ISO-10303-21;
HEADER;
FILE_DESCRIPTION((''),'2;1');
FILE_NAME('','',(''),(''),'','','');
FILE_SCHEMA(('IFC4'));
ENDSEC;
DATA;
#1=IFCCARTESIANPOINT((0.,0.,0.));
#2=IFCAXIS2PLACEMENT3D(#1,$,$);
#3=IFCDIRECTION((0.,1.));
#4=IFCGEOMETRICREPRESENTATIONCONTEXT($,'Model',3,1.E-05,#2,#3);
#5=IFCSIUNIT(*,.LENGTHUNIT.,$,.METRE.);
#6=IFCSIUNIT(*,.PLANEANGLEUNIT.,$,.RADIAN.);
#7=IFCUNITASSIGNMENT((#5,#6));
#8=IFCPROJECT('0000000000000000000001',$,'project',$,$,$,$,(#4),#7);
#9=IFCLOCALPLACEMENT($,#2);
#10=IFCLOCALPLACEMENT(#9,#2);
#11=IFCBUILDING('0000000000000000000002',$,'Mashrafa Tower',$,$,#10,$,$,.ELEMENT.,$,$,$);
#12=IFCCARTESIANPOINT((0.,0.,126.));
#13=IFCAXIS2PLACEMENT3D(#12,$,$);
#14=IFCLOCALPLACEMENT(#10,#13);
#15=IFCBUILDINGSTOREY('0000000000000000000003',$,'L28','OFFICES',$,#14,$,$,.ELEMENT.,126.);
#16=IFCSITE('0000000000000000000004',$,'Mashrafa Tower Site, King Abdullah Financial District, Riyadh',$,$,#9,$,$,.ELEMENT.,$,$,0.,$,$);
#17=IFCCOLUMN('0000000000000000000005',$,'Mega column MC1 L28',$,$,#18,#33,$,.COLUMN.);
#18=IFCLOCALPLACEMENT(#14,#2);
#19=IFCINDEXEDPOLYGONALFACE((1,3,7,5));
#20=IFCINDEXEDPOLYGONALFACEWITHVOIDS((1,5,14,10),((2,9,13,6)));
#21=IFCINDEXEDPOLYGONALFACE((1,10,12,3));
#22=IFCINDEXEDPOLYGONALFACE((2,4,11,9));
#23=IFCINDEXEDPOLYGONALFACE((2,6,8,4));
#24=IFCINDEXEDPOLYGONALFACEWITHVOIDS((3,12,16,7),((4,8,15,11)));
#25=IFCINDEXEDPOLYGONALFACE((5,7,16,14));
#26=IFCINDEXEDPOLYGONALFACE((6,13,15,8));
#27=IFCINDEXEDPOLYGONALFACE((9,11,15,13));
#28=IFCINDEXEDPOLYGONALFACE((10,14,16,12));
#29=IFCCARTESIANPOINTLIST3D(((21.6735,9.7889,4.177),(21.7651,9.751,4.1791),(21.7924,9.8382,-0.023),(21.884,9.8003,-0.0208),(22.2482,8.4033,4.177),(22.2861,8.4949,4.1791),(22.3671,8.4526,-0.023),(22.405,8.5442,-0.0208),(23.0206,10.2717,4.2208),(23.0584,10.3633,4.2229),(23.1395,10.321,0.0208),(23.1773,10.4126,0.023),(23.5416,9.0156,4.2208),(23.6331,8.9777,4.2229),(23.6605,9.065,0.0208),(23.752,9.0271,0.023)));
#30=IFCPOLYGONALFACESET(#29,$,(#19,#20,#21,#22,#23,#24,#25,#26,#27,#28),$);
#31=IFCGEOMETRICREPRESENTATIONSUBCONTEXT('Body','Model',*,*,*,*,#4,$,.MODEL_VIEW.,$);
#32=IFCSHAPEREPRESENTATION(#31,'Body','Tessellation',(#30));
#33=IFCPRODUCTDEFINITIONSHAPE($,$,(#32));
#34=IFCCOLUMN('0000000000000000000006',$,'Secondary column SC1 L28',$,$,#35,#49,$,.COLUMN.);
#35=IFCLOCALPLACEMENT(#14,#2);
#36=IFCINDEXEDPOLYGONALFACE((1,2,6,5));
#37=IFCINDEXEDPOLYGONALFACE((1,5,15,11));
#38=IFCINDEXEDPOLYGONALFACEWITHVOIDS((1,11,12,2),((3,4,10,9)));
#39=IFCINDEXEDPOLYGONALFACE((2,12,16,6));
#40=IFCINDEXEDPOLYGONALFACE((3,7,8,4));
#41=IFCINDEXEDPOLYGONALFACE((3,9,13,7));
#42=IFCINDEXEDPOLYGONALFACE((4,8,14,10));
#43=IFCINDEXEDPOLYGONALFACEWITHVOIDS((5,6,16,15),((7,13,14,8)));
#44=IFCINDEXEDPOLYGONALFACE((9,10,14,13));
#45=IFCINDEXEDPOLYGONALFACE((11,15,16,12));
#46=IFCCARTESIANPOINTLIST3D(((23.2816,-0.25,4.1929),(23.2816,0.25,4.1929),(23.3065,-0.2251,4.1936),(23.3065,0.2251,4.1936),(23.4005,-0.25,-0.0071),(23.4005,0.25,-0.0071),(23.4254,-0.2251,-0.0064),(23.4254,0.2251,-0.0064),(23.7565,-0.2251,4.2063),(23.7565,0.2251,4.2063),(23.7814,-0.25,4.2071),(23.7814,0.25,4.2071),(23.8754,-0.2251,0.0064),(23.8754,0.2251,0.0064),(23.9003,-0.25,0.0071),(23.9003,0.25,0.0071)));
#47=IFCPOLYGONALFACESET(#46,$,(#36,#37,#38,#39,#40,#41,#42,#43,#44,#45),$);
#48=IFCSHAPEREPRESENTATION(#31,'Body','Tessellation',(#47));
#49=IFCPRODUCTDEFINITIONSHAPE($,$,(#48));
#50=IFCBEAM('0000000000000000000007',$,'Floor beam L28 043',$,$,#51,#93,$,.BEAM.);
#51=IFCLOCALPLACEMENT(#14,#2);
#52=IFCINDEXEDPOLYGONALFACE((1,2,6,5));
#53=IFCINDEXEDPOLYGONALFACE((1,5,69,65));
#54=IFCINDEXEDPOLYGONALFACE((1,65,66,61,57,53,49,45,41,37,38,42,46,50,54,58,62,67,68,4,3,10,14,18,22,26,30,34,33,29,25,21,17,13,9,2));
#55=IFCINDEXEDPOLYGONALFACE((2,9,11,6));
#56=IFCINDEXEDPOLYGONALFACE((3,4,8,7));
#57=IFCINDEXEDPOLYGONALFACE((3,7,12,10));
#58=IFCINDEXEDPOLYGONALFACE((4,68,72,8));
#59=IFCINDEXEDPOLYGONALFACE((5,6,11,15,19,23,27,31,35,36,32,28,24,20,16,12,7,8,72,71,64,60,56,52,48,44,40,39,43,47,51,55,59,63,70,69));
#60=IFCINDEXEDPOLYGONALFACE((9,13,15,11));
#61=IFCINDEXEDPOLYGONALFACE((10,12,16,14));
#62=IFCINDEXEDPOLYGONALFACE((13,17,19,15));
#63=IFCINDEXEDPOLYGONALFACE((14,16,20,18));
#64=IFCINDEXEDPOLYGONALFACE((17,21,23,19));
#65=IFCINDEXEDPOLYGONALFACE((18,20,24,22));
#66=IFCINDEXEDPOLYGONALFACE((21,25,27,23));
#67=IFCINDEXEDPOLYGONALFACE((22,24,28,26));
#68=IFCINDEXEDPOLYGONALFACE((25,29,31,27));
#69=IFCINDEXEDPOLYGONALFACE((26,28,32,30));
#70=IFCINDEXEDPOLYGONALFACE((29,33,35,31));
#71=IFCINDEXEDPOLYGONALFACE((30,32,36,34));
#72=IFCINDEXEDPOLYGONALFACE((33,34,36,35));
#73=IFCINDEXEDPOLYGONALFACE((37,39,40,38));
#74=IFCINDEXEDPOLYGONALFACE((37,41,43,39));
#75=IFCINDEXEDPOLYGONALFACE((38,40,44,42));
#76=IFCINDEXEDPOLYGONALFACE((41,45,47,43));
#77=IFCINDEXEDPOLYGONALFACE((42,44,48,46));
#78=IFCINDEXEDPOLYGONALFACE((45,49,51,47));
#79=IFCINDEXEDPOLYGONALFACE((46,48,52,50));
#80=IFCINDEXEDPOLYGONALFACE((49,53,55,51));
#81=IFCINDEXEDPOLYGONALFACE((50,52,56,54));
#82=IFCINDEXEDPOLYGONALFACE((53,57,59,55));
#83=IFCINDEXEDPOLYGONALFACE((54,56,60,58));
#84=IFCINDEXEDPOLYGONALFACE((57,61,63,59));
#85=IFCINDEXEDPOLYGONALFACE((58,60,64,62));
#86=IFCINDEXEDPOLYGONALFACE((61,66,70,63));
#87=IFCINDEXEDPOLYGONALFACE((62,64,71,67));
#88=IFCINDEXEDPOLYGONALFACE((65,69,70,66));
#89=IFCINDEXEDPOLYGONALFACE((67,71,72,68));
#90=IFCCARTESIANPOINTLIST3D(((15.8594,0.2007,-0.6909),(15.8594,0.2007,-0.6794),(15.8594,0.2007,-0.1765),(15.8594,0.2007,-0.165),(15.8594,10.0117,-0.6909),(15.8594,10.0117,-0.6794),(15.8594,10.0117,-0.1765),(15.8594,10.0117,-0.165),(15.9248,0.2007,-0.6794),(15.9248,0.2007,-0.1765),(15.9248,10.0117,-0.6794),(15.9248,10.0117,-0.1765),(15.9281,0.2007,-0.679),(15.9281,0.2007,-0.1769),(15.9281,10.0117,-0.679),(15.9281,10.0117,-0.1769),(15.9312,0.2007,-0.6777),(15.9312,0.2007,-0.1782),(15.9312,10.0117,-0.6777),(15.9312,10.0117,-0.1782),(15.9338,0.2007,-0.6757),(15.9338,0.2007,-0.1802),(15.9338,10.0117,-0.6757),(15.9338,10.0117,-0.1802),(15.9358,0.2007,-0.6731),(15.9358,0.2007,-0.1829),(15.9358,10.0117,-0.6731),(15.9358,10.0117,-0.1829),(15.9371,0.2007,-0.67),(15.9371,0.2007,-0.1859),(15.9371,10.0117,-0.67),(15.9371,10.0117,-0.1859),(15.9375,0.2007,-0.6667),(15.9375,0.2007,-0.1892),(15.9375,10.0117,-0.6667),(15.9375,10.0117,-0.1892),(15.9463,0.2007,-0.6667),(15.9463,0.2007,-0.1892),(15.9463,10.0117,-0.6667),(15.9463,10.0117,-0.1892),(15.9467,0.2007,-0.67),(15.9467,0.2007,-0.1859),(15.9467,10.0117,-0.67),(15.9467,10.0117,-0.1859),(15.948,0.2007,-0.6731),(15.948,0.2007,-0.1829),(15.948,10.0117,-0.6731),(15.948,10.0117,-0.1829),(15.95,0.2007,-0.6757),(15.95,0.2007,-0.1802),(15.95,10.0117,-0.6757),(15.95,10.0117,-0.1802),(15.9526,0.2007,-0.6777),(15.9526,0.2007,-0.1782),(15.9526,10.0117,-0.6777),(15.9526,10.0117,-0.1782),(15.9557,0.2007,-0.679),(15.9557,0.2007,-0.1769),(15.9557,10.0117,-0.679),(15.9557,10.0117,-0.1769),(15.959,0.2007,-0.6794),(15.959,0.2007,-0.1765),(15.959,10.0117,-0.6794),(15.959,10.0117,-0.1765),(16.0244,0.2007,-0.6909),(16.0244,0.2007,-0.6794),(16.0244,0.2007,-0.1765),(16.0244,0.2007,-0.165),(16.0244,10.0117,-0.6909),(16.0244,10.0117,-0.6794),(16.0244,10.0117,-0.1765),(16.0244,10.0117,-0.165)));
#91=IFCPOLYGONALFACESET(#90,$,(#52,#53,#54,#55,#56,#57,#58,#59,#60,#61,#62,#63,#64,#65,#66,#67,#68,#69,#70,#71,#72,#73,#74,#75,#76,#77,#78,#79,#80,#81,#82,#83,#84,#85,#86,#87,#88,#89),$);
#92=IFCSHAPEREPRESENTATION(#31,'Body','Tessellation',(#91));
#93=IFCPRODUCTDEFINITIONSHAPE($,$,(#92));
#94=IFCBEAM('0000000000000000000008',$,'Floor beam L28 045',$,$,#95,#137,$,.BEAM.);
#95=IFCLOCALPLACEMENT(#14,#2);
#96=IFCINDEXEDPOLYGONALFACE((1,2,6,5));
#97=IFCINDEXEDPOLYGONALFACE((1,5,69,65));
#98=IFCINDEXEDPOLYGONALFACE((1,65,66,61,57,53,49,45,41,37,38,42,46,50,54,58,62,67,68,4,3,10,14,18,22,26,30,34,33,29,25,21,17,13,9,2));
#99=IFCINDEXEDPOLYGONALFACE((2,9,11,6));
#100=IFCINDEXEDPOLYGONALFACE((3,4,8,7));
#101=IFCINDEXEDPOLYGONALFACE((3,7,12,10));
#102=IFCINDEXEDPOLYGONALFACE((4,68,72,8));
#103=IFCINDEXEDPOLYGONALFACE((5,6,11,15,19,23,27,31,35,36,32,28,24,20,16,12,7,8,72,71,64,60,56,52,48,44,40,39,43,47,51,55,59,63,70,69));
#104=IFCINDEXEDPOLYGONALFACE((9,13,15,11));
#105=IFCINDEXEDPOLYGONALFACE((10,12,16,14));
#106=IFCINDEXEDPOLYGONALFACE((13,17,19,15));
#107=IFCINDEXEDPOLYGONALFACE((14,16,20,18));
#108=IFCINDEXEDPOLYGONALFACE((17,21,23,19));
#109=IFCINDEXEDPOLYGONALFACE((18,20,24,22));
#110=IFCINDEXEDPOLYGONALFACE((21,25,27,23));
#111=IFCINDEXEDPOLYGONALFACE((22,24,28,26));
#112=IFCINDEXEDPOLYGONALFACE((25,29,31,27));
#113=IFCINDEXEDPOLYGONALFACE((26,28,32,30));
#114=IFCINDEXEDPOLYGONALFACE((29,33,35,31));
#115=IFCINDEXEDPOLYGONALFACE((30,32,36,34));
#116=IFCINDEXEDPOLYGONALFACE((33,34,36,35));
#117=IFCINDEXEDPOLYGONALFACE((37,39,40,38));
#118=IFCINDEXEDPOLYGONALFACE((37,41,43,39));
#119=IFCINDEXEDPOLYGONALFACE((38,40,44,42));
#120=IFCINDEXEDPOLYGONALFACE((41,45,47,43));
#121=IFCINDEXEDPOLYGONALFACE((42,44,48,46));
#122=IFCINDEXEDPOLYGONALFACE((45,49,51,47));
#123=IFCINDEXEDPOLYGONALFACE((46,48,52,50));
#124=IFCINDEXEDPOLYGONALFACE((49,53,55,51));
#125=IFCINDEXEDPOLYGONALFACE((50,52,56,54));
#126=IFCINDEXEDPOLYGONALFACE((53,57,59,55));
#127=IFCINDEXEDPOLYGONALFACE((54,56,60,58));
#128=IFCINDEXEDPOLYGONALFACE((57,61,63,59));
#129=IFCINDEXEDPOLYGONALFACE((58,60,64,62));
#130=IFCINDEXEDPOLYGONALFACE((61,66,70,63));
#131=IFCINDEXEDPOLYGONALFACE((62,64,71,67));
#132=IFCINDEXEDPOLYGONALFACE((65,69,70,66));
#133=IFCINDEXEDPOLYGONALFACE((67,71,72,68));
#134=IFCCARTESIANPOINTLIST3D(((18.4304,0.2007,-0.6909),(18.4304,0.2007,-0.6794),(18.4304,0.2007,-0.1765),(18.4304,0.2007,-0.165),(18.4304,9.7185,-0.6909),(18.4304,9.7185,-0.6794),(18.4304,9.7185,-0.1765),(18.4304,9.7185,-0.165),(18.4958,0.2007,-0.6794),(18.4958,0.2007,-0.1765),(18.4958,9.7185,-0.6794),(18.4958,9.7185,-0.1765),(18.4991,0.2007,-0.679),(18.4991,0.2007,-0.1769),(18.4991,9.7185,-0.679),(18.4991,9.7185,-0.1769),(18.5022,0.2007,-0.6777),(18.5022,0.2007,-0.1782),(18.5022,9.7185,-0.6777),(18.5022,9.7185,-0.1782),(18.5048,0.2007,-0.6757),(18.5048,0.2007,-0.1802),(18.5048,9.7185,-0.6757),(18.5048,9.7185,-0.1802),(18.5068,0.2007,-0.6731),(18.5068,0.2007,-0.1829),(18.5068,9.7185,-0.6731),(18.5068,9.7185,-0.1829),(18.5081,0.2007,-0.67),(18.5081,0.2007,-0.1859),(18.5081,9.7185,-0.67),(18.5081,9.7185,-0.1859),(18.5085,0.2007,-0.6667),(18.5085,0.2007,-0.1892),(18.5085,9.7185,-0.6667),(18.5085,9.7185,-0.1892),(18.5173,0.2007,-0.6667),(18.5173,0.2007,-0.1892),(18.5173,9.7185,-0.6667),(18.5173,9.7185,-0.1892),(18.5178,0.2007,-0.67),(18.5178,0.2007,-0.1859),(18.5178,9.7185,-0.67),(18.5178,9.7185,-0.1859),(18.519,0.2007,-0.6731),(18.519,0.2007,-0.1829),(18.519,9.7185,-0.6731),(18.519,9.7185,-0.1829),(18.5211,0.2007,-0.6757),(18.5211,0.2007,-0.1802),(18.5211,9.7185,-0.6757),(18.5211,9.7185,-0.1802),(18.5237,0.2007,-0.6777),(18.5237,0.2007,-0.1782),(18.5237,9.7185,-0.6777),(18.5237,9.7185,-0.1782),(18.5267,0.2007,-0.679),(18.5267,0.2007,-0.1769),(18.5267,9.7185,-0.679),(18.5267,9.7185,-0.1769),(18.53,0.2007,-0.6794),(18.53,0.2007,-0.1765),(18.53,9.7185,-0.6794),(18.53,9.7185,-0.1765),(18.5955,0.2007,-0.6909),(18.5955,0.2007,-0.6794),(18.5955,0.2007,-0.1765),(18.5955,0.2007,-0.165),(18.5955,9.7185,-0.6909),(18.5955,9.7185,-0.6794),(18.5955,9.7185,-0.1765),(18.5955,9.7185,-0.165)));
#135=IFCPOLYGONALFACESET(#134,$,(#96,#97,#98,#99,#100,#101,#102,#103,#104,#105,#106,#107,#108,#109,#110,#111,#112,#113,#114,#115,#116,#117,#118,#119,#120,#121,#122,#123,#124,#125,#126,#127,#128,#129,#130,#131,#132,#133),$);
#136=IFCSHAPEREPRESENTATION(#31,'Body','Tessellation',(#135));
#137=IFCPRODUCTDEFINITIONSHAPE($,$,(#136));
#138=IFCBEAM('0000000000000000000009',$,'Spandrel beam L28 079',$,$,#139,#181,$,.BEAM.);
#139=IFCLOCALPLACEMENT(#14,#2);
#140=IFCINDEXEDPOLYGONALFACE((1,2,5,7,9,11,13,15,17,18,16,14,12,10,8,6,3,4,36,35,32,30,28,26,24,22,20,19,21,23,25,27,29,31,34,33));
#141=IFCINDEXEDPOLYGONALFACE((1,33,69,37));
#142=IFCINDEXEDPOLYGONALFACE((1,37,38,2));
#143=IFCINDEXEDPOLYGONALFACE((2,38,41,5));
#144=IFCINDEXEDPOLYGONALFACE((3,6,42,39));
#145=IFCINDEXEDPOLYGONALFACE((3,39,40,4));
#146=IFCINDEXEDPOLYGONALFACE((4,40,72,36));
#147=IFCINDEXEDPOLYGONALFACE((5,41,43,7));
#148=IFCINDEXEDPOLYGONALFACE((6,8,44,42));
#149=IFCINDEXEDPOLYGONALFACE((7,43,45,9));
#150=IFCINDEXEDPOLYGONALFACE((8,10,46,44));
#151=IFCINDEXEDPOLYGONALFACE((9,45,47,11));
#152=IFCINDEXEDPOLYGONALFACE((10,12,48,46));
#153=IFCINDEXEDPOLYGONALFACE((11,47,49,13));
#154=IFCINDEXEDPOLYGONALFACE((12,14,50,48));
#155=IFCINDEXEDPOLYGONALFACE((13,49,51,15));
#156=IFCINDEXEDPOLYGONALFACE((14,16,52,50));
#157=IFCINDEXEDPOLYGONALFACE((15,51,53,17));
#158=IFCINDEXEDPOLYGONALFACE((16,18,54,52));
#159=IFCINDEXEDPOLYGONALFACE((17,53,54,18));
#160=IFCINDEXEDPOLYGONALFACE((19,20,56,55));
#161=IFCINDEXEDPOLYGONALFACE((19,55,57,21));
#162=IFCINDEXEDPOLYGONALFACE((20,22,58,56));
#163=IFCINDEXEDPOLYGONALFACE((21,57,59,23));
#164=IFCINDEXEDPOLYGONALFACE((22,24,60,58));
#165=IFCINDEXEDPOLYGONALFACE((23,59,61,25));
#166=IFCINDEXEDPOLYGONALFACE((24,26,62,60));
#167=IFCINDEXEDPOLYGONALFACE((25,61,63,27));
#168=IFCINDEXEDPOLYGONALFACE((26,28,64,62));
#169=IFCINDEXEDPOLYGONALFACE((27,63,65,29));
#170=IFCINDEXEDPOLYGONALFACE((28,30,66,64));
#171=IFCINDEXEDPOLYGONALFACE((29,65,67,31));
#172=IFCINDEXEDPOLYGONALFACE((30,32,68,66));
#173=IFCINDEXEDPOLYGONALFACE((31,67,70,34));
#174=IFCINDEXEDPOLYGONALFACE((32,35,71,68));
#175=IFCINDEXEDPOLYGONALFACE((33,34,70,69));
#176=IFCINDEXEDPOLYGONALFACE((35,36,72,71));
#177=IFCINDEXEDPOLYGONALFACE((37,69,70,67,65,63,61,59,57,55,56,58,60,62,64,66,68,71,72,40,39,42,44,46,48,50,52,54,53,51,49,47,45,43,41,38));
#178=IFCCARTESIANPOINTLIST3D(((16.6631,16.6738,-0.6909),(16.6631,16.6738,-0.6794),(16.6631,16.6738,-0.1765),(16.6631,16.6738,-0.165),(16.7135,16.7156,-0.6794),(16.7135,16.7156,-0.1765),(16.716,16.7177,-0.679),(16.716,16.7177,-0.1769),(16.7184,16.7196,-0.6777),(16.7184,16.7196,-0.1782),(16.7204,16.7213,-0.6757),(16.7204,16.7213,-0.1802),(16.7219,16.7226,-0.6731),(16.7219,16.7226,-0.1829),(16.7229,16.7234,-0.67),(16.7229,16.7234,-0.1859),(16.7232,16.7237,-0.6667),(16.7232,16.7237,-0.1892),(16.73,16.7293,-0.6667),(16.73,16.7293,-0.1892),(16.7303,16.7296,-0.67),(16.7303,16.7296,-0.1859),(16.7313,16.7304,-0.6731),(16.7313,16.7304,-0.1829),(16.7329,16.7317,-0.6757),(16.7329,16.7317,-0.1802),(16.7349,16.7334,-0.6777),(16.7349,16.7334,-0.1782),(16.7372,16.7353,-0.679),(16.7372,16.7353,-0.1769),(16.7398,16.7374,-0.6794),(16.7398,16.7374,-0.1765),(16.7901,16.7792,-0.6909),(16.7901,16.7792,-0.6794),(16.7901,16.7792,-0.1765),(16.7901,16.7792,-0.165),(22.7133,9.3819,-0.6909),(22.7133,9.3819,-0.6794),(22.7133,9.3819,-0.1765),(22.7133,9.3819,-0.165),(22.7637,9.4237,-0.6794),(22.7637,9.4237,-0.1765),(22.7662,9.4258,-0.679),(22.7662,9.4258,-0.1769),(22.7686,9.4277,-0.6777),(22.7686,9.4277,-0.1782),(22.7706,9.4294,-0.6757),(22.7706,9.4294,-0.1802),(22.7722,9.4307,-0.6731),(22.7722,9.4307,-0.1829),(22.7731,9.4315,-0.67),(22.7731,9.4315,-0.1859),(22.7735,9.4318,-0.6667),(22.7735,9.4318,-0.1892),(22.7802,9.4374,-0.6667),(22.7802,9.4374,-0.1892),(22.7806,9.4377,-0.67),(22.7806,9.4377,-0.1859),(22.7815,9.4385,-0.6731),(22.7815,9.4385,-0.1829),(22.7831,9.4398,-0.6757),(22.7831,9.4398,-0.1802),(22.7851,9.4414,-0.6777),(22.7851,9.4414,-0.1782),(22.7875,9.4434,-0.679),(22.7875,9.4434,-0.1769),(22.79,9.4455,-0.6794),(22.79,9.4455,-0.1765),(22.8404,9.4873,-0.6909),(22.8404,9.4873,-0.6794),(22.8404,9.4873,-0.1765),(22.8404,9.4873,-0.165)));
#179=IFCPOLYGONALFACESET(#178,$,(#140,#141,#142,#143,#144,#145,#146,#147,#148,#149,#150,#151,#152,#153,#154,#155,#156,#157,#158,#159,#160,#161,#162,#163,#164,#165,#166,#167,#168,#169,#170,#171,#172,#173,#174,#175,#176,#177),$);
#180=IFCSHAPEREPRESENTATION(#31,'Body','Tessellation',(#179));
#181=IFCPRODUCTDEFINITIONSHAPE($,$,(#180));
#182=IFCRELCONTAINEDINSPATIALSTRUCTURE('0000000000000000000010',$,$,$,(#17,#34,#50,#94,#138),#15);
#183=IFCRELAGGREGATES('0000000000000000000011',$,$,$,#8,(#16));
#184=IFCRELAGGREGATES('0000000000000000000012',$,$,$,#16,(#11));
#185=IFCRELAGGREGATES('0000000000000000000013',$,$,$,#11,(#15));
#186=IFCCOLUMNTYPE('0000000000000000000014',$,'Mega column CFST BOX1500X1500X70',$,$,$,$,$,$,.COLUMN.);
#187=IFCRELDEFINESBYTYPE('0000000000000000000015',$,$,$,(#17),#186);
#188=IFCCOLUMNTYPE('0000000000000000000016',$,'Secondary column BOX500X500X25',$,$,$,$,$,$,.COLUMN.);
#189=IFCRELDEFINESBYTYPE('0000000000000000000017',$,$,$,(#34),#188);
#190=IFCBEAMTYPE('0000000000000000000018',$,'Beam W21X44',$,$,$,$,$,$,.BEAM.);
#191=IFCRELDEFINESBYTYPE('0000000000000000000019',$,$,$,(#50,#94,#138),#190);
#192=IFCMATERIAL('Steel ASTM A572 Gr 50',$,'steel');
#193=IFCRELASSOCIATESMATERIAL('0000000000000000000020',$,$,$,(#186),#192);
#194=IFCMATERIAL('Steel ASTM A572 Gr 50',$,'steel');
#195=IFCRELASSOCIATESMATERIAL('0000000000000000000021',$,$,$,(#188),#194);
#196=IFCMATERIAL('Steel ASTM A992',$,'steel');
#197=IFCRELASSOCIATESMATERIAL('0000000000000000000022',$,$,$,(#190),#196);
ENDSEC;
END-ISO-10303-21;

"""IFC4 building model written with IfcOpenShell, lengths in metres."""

from ifc_helpers import new_model, si_unit, direction, frame, origin, origin_2d, place, context, subcontext, project, spatial, hollow_rectangle, i_section, extrude, material, material_profile, profile_set, type_object, element, save


model = new_model("IFC4")

# Units and contexts
model_context = context("Model", 3, precision=1e-05, world=origin(), true_north=direction((0.0, 1.0)))
body_context = subcontext(model_context, "Body", "Model", "MODEL_VIEW")
ifc_project = project(units=[si_unit("LENGTHUNIT", "METRE"), si_unit("PLANEANGLEUNIT", "RADIAN")], contexts=[model_context])

# Site, building, storey
site_placement = place(None, origin())
site = spatial("IfcSite", under=ifc_project, at=site_placement, Name="Mashrafa Tower Site, King Abdullah Financial District, Riyadh", CompositionType="ELEMENT", RefElevation=0.0)
building_placement = place(site_placement, origin())
building = spatial("IfcBuilding", under=site, at=building_placement, Name="Mashrafa Tower", CompositionType="ELEMENT")
storey_placement = place(building_placement, frame((0.0, 0.0, 126.0)))
storey = spatial("IfcBuildingStorey", under=building, at=storey_placement, Name="L28", Description="OFFICES", CompositionType="ELEMENT", Elevation=126.0)

# Columns
ifc_material_1 = material(Name="Steel ASTM A572 Gr 50", Category="steel")
ifc_material_profile_1 = material_profile(ifc_material_1, hollow_rectangle(XDim=1.5, YDim=1.5, WallThickness=0.0701, at=origin_2d()), Name="BOX1500X1500X70")
ifc_profile_set_1 = profile_set([ifc_material_profile_1], Name="Steel ASTM A572 Gr 50")
column_type_1 = type_object("IfcColumnType", Name="Mega column CFST BOX1500X1500X70", PredefinedType="COLUMN", material=ifc_profile_set_1)
column_1_placement = place(storey_placement, frame((22.7722, 9.4326, 0.0), z_axis=(-0.028296, -0.011737, 0.999531), x_axis=(0.383133, -0.923693, 0.0)))
element("IfcColumn", 1, at=column_1_placement, inside=storey, type_object=column_type_1, Name="Mega column MC1 L28", PredefinedType="COLUMN", context=body_context, shape_type="SweptSolid", body=[
    extrude(hollow_rectangle(XDim=1.5, YDim=1.5, WallThickness=0.0701, at=origin_2d()), origin(), (0.0, 0.0, 1.0), 4.2019),
])
ifc_material_2 = material(Name="Steel ASTM A572 Gr 50", Category="steel")
ifc_material_profile_2 = material_profile(ifc_material_2, hollow_rectangle(XDim=0.5, YDim=0.5, WallThickness=0.0249, at=origin_2d()), Name="BOX500X500X25")
ifc_profile_set_2 = profile_set([ifc_material_profile_2], Name="Steel ASTM A572 Gr 50")
column_type_2 = type_object("IfcColumnType", Name="Secondary column BOX500X500X25", PredefinedType="COLUMN", material=ifc_profile_set_2)
column_2_placement = place(storey_placement, frame((23.6504, 0.0, 0.0), z_axis=(-0.028298, 0.0, 0.9996), x_axis=(0.0, -1.0, 0.0)))
element("IfcColumn", 2, at=column_2_placement, inside=storey, type_object=column_type_2, Name="Secondary column SC1 L28", PredefinedType="COLUMN", context=body_context, shape_type="SweptSolid", body=[
    extrude(hollow_rectangle(XDim=0.5, YDim=0.5, WallThickness=0.0249, at=origin_2d()), origin(), (0.0, 0.0, 1.0), 4.2017),
])

# Beams
ifc_material_3 = material(Name="Steel ASTM A992", Category="steel")
ifc_material_profile_3 = material_profile(ifc_material_3, i_section(OverallWidth=0.165, OverallDepth=0.5259, WebThickness=0.0088, FlangeThickness=0.0115, FilletRadius=0.0127, at=origin_2d()), Name="W21X44")
ifc_profile_set_3 = profile_set([ifc_material_profile_3], Name="Steel ASTM A992")
beam_type_1 = type_object("IfcBeamType", Name="Beam W21X44", PredefinedType="BEAM", material=ifc_profile_set_3)
beam_1_placement = place(storey_placement, frame((15.9419, 10.0117, -0.428), z_axis=(0.0, -1.0, 0.0), x_axis=(1.0, 0.0, 0.0)))
element("IfcBeam", 3, at=beam_1_placement, inside=storey, type_object=beam_type_1, Name="Floor beam L28 043", PredefinedType="BEAM", context=body_context, shape_type="SweptSolid", body=[
    extrude(i_section(OverallWidth=0.165, OverallDepth=0.5259, WebThickness=0.0088, FlangeThickness=0.0115, FilletRadius=0.0127, at=origin_2d()), origin(), (0.0, 0.0, 1.0), 9.811),
])
beam_2_placement = place(storey_placement, frame((18.5129, 9.7185, -0.428), z_axis=(0.0, -1.0, 0.0), x_axis=(1.0, 0.0, 0.0)))
element("IfcBeam", 4, at=beam_2_placement, inside=storey, type_object=beam_type_1, Name="Floor beam L28 045", PredefinedType="BEAM", context=body_context, shape_type="SweptSolid", body=[
    extrude(i_section(OverallWidth=0.165, OverallDepth=0.5259, WebThickness=0.0088, FlangeThickness=0.0115, FilletRadius=0.0127, at=origin_2d()), origin(), (0.0, 0.0, 1.0), 9.5178),
])
beam_3_placement = place(storey_placement, frame((22.7769, 9.4346, -0.428), z_axis=(-0.638541, 0.769588, 0.0), x_axis=(-0.769588, -0.638541, 0.0)))
element("IfcBeam", 5, at=beam_3_placement, inside=storey, type_object=beam_type_1, Name="Spandrel beam L28 079", PredefinedType="BEAM", context=body_context, shape_type="SweptSolid", body=[
    extrude(i_section(OverallWidth=0.165, OverallDepth=0.5259, WebThickness=0.0088, FlangeThickness=0.0115, FilletRadius=0.0127, at=origin_2d()), origin(), (0.0, 0.0, 1.0), 9.4751),
])

save(model, "model.ifc")
